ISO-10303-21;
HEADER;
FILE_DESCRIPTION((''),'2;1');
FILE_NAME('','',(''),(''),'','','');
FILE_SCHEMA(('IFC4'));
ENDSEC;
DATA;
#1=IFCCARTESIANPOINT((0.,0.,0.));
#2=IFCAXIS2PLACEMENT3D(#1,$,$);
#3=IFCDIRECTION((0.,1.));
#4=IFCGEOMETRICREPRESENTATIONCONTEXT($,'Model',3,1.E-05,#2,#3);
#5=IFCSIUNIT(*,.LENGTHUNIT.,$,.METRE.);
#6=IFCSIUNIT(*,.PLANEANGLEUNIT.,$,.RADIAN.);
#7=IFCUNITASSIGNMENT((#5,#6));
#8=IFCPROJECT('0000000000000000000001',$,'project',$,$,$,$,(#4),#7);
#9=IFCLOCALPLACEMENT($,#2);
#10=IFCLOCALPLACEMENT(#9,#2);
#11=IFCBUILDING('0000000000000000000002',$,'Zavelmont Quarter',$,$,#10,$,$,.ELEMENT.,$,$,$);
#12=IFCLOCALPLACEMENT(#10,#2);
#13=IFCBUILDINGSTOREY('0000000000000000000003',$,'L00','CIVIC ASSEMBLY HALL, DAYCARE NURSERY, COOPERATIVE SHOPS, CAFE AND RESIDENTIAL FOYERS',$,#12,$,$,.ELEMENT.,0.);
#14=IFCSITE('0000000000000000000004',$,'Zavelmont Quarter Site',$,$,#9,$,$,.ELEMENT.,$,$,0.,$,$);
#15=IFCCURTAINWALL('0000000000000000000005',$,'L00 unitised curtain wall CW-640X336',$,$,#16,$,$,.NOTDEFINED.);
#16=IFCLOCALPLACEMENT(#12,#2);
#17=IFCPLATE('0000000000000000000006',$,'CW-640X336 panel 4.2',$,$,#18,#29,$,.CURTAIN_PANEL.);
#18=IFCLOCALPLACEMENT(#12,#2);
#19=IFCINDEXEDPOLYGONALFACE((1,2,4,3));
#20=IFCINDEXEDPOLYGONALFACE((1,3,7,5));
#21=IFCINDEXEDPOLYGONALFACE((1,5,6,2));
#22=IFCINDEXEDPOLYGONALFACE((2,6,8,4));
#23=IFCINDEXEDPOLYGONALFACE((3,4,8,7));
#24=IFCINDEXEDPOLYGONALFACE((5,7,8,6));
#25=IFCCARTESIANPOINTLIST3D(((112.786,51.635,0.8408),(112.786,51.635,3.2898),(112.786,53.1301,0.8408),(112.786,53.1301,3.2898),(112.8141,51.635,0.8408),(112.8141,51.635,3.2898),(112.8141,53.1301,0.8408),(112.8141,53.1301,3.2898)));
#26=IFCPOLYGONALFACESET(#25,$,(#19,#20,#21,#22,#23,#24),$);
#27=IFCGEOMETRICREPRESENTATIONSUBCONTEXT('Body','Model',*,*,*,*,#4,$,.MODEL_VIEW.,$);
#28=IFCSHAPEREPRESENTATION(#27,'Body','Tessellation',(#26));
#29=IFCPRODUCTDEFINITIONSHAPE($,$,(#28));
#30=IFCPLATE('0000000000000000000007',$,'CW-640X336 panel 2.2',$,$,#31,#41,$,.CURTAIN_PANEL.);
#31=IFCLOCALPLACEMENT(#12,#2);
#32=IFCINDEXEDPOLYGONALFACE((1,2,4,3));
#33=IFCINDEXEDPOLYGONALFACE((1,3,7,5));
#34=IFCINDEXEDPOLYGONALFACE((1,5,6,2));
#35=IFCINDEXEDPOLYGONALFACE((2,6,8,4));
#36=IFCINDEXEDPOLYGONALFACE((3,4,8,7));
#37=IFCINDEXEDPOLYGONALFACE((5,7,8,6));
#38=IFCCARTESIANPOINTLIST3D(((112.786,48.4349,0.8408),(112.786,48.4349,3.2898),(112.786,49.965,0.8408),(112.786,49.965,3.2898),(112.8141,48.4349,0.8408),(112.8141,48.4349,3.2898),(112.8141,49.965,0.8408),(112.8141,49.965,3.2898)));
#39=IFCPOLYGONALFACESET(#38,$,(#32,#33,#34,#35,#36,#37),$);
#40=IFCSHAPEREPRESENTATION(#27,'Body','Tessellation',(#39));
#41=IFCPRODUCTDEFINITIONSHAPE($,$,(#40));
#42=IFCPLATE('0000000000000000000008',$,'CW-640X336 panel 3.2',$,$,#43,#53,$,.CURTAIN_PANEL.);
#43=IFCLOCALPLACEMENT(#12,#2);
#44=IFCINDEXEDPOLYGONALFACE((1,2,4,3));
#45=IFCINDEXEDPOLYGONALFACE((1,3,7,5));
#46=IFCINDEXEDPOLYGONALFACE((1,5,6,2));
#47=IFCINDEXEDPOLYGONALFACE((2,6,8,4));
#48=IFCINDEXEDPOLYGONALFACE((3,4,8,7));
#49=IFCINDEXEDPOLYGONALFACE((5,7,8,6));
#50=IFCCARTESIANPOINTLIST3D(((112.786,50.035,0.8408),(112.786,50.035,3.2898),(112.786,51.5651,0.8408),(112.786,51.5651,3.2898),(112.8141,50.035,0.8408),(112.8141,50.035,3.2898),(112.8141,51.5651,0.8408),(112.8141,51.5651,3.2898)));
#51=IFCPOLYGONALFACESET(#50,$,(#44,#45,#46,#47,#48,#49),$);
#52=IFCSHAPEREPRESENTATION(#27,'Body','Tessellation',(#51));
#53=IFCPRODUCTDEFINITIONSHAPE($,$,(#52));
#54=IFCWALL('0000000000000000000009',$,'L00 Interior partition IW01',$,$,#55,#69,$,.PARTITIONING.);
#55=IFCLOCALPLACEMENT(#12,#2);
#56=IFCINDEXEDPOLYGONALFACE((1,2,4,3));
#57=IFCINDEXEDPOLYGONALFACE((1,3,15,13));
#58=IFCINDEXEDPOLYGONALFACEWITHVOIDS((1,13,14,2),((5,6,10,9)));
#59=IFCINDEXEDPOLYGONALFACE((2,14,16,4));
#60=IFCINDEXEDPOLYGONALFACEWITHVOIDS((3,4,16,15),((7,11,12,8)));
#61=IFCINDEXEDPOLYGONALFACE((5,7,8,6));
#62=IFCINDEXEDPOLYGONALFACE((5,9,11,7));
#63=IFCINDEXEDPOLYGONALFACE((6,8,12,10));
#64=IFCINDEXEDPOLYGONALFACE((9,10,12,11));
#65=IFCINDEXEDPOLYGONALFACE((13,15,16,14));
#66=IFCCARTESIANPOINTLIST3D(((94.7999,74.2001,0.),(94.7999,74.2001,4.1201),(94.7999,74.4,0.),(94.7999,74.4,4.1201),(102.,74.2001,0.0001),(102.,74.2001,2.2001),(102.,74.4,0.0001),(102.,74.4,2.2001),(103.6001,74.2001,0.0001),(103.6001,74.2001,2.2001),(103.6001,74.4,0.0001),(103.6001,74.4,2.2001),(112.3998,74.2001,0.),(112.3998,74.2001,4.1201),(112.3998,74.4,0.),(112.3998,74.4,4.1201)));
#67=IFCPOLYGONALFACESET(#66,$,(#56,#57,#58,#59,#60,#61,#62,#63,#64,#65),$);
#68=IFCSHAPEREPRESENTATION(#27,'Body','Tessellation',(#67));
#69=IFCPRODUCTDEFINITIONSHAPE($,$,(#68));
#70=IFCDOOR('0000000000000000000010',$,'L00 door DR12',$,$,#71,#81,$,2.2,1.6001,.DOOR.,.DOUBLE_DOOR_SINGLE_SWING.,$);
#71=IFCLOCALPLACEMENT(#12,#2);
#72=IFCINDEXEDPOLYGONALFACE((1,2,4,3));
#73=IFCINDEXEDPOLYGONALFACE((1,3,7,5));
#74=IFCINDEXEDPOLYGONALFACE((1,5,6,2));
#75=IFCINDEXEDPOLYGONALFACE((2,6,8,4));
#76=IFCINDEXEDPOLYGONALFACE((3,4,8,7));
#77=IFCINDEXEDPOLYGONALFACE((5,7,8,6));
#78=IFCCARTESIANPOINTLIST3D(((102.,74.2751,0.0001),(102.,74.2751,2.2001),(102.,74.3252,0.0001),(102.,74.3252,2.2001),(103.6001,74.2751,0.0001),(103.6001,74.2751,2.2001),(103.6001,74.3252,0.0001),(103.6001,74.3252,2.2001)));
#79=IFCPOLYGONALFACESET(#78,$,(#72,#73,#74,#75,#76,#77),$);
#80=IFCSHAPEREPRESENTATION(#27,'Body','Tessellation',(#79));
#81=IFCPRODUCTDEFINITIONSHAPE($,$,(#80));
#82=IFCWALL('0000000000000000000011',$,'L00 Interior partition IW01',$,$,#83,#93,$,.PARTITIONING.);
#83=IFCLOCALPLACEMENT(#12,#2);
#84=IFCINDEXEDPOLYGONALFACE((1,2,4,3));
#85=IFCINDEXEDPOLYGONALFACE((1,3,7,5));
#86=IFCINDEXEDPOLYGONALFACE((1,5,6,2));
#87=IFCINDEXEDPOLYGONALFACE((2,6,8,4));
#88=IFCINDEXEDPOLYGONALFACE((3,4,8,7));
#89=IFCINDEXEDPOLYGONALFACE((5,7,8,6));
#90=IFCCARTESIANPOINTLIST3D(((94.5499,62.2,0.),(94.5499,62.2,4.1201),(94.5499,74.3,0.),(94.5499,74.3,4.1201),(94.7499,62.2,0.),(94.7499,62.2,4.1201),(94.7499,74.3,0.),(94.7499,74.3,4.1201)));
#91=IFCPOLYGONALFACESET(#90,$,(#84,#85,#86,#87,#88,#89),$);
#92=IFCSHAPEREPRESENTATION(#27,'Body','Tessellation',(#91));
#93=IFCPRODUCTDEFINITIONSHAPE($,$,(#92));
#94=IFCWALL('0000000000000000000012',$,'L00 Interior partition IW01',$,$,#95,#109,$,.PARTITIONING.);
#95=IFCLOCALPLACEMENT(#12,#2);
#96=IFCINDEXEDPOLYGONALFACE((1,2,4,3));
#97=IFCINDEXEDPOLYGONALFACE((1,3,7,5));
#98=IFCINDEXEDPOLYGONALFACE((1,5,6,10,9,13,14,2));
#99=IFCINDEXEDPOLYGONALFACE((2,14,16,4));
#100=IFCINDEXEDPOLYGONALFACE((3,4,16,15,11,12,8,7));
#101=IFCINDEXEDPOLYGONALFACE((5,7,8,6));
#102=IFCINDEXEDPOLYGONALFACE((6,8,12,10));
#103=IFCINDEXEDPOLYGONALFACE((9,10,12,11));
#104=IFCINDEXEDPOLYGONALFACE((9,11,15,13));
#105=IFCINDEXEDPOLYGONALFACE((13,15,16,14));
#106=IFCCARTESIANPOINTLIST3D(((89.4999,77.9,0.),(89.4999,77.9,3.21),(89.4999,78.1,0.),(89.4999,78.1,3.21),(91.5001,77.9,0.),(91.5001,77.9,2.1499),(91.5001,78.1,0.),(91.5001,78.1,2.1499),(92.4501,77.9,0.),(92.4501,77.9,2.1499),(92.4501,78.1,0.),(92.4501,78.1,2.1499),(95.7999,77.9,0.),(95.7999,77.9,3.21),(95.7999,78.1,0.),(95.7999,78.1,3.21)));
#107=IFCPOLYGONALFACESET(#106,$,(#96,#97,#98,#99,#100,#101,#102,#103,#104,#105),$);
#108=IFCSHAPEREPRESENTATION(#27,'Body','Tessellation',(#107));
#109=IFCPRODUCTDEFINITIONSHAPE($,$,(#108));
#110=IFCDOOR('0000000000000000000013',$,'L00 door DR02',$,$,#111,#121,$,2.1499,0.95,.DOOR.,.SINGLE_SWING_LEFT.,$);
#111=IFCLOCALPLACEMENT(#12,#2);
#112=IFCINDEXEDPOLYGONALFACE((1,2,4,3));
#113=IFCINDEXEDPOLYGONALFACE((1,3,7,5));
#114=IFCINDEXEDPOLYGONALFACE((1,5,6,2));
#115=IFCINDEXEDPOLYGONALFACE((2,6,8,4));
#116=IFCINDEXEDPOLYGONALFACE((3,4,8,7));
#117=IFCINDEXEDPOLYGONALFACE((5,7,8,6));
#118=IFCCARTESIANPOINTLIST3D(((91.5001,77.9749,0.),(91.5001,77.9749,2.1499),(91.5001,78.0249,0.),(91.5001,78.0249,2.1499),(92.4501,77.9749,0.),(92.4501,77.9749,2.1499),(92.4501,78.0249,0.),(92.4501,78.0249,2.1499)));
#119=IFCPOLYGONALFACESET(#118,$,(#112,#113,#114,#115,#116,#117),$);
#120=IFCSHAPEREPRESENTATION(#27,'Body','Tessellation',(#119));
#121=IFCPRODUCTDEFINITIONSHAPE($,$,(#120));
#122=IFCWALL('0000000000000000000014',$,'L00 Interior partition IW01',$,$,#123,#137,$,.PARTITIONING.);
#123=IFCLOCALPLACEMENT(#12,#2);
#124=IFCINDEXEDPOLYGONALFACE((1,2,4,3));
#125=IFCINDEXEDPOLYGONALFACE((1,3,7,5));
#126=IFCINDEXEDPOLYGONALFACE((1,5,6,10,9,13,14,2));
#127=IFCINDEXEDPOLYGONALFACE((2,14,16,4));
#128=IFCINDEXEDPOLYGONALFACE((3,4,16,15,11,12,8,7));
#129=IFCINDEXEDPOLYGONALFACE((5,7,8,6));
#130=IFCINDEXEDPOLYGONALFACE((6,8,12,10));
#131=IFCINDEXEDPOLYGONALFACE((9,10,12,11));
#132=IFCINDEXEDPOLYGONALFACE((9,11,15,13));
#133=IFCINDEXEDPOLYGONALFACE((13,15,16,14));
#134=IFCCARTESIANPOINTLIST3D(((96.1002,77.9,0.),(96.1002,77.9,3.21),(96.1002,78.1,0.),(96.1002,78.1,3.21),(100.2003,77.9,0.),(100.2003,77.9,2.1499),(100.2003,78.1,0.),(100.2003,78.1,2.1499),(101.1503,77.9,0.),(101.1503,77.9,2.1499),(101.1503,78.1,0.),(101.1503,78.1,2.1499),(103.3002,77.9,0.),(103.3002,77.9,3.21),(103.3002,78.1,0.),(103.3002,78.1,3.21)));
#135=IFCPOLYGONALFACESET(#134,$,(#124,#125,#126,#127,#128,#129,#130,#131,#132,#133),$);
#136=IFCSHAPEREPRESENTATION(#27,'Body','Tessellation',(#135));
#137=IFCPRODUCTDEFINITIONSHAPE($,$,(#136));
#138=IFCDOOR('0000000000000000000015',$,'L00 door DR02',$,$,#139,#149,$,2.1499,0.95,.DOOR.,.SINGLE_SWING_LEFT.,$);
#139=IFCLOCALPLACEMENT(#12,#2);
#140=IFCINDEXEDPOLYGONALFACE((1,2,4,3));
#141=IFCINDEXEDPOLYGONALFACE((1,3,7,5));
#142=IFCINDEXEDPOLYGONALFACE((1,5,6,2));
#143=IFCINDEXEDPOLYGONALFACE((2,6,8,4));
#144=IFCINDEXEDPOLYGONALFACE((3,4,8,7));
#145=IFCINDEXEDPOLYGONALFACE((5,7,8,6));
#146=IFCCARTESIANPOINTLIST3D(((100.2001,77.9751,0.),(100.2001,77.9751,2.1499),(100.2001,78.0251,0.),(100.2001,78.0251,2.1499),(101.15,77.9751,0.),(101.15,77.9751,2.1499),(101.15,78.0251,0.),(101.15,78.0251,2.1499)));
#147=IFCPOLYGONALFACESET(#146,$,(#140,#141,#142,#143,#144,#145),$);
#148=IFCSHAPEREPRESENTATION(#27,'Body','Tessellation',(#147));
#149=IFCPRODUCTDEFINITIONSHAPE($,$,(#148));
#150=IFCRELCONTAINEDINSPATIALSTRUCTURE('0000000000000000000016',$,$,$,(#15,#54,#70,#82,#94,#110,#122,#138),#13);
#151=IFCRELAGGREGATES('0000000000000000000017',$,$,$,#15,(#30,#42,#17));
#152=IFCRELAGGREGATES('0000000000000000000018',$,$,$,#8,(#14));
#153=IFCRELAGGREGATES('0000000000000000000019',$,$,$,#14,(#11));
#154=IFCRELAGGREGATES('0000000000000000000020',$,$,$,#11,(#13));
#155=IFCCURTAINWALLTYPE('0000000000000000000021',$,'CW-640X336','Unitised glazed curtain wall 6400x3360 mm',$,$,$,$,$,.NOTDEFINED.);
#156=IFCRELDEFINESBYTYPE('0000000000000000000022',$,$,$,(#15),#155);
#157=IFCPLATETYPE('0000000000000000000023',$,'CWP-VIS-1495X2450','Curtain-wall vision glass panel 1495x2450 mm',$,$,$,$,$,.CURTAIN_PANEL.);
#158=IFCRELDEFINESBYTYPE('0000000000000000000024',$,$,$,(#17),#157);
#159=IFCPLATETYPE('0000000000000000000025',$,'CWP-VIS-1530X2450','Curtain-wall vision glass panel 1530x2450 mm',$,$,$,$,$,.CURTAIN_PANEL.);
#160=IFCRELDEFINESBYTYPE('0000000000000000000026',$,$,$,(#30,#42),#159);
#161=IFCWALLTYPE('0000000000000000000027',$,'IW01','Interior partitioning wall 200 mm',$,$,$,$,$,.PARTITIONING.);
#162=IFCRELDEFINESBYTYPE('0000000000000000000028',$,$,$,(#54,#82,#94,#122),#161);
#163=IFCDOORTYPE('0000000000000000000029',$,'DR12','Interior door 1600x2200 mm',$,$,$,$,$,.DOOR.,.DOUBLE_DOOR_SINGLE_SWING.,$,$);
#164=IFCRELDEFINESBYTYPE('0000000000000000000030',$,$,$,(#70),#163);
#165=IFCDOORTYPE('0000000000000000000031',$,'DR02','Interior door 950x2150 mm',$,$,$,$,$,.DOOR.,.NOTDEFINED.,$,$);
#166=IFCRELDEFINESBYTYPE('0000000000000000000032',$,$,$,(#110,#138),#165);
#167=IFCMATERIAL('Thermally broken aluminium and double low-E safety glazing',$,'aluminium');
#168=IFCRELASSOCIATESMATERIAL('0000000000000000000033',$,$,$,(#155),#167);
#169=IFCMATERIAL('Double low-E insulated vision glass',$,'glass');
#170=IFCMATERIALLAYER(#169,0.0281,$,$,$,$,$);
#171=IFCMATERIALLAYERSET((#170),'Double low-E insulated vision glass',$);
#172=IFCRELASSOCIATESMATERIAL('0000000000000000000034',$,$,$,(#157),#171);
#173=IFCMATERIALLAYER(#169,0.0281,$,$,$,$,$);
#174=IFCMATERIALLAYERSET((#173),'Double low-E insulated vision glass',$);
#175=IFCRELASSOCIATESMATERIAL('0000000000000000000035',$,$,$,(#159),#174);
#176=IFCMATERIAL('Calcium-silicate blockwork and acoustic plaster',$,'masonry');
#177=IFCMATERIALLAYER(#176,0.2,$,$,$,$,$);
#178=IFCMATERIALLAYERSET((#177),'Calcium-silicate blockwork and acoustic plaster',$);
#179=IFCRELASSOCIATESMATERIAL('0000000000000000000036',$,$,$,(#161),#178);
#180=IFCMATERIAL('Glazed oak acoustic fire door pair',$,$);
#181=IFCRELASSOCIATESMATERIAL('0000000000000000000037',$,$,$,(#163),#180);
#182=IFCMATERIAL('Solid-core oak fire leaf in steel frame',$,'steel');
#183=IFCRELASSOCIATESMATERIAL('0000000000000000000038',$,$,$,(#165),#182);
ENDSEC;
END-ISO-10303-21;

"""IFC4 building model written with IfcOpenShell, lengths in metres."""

from ifc_helpers import new_model, si_unit, direction, frame, frame_2d, origin, origin_with_axes, origin_2d, place, context, subcontext, project, spatial, rectangle, extrude, material, layer, layer_set, type_object, element, fill, aggregate, save


model = new_model("IFC4")

# Units and contexts
model_context = context("Model", 3, precision=1e-05, world=origin(), true_north=direction((0.0, 1.0)))
body_context = subcontext(model_context, "Body", "Model", "MODEL_VIEW")
ifc_project = project(units=[si_unit("LENGTHUNIT", "METRE"), si_unit("PLANEANGLEUNIT", "RADIAN")], contexts=[model_context])

# Site, building, storey
site_placement = place(None, origin())
site = spatial("IfcSite", under=ifc_project, at=site_placement, Name="Zavelmont Quarter Site", CompositionType="ELEMENT", RefElevation=0.0)
building_placement = place(site_placement, origin())
building = spatial("IfcBuilding", under=site, at=building_placement, Name="Zavelmont Quarter", CompositionType="ELEMENT")
storey_placement = place(building_placement, origin())
storey = spatial("IfcBuildingStorey", under=building, at=storey_placement, Name="L00", Description="CIVIC ASSEMBLY HALL, DAYCARE NURSERY, COOPERATIVE SHOPS, CAFE AND RESIDENTIAL FOYERS", CompositionType="ELEMENT", Elevation=0.0)

# Curtain wall, plates
ifc_material_1 = material(Name="Thermally broken aluminium and double low-E safety glazing", Category="aluminium")
curtain_wall_type = type_object("IfcCurtainWallType", Name="CW-640X336", Description="Unitised glazed curtain wall 6400x3360 mm", PredefinedType="NOTDEFINED", material=ifc_material_1)
curtain_wall_placement = place(storey_placement, origin())
curtain_wall = element("IfcCurtainWall", 1, at=curtain_wall_placement, inside=storey, type_object=curtain_wall_type, Name="L00 unitised curtain wall CW-640X336", PredefinedType="NOTDEFINED")
ifc_material_2 = material(Name="Double low-E insulated vision glass", Category="glass")
ifc_layer_1 = layer(ifc_material_2, 0.0281)
ifc_layer_set_1 = layer_set([ifc_layer_1], Name="Double low-E insulated vision glass")
plate_type_1 = type_object("IfcPlateType", Name="CWP-VIS-1495X2450", Description="Curtain-wall vision glass panel 1495x2450 mm", PredefinedType="CURTAIN_PANEL", material=ifc_layer_set_1)
plate_1_placement = place(storey_placement, frame((112.8, 52.3826, 0.8408), z_axis=(0.0, 0.0, 1.0), x_axis=(0.0, 1.0, 0.0)))
plate_1 = element("IfcPlate", 2, at=plate_1_placement, type_object=plate_type_1, Name="CW-640X336 panel 4.2", PredefinedType="CURTAIN_PANEL", context=body_context, shape_type="SweptSolid", body=[
    extrude(rectangle(XDim=1.4951, YDim=0.0281, at=origin_2d()), origin(), (0.0, 0.0, 1.0), 2.449),
])
ifc_layer_2 = layer(ifc_material_2, 0.0281)
ifc_layer_set_2 = layer_set([ifc_layer_2], Name="Double low-E insulated vision glass")
plate_type_2 = type_object("IfcPlateType", Name="CWP-VIS-1530X2450", Description="Curtain-wall vision glass panel 1530x2450 mm", PredefinedType="CURTAIN_PANEL", material=ifc_layer_set_2)
plate_2_placement = place(storey_placement, frame((112.8, 49.2, 0.8408), z_axis=(0.0, 0.0, 1.0), x_axis=(0.0, 1.0, 0.0)))
plate_2 = element("IfcPlate", 3, at=plate_2_placement, type_object=plate_type_2, Name="CW-640X336 panel 2.2", PredefinedType="CURTAIN_PANEL", context=body_context, shape_type="SweptSolid", body=[
    extrude(rectangle(XDim=1.53, YDim=0.0281, at=origin_2d()), origin(), (0.0, 0.0, 1.0), 2.449),
])
plate_3_placement = place(storey_placement, frame((112.8, 50.8, 0.8408), z_axis=(0.0, 0.0, 1.0), x_axis=(0.0, 1.0, 0.0)))
plate_3 = element("IfcPlate", 4, at=plate_3_placement, type_object=plate_type_2, Name="CW-640X336 panel 3.2", PredefinedType="CURTAIN_PANEL", context=body_context, shape_type="SweptSolid", body=[
    extrude(rectangle(XDim=1.53, YDim=0.0281, at=origin_2d()), origin(), (0.0, 0.0, 1.0), 2.449),
])
aggregate(curtain_wall, [plate_2, plate_3, plate_1])

# Wall, opening, door
ifc_material_3 = material(Name="Calcium-silicate blockwork and acoustic plaster", Category="masonry")
ifc_layer_3 = layer(ifc_material_3, 0.2)
ifc_layer_set_3 = layer_set([ifc_layer_3], Name="Calcium-silicate blockwork and acoustic plaster")
wall_type = type_object("IfcWallType", Name="IW01", Description="Interior partitioning wall 200 mm", PredefinedType="PARTITIONING", material=ifc_layer_set_3)
wall_1_placement = place(storey_placement, frame((94.8, 74.3, 0.0), z_axis=(0.0, 0.0, 1.0), x_axis=(1.0, 0.0, 0.0)))
wall_1 = element("IfcWall", 5, at=wall_1_placement, inside=storey, type_object=wall_type, Name="L00 Interior partition IW01", PredefinedType="PARTITIONING", context=body_context, shape_type="SweptSolid", body=[
    extrude(rectangle(XDim=17.5999, YDim=0.2, at=frame_2d((8.7998, 0.0))), origin(), (0.0, 0.0, 1.0), 4.1201),
])
opening_1_placement = place(wall_1_placement, frame((7.2, 0.0, 0.0)))
opening_1 = element("IfcOpeningElement", 6, at=opening_1_placement, cuts=wall_1, PredefinedType="OPENING", context=body_context, shape_type="SweptSolid", body=[
    extrude(rectangle(XDim=1.6001, YDim=2.2, at=frame_2d((0.8, 1.1001))), frame((0.0, 0.1118, 0.0), z_axis=(0.0, -1.0, 0.0), x_axis=(1.0, 0.0, 0.0)), (0.0, 0.0, 1.0), 0.2239),
])
ifc_material_4 = material(Name="Glazed oak acoustic fire door pair")
door_type_1 = type_object("IfcDoorType", Name="DR12", Description="Interior door 1600x2200 mm", OperationType="DOUBLE_DOOR_SINGLE_SWING", PredefinedType="DOOR", material=ifc_material_4)
door_1_placement = place(opening_1_placement, frame((1.6001, 0.0, 0.0), z_axis=(0.0, 0.0, 1.0), x_axis=(-1.0, 0.0, 0.0)))
door_1 = element("IfcDoor", 7, at=door_1_placement, inside=storey, type_object=door_type_1, Name="L00 door DR12", OperationType="DOUBLE_DOOR_SINGLE_SWING", OverallHeight=2.2, OverallWidth=1.6001, PredefinedType="DOOR", context=body_context, shape_type="SweptSolid", body=[
    extrude(rectangle(XDim=1.6001, YDim=2.2, at=frame_2d((0.8, 1.1001))), frame((0.0, 0.0249, 0.0), z_axis=(0.0, -1.0, 0.0), x_axis=(1.0, 0.0, 0.0)), (0.0, 0.0, 1.0), 0.05),
])
fill(opening_1, door_1)

# Wall
wall_2_placement = place(storey_placement, frame((94.6499, 62.2, 0.0), z_axis=(0.0, 0.0, 1.0), x_axis=(0.0, 1.0, 0.0)))
element("IfcWall", 8, at=wall_2_placement, inside=storey, type_object=wall_type, Name="L00 Interior partition IW01", PredefinedType="PARTITIONING", context=body_context, shape_type="SweptSolid", body=[
    extrude(rectangle(XDim=12.1001, YDim=0.2, at=frame_2d((6.05, 0.0))), origin(), (0.0, 0.0, 1.0), 4.1201),
])

# Walls, openings, doors
wall_3_placement = place(storey_placement, frame((89.5, 78.0, 0.0), z_axis=(0.0, 0.0, 1.0), x_axis=(1.0, 0.0, 0.0)))
wall_3 = element("IfcWall", 9, at=wall_3_placement, inside=storey, type_object=wall_type, Name="L00 Interior partition IW01", PredefinedType="PARTITIONING", context=body_context, shape_type="SweptSolid", body=[
    extrude(rectangle(XDim=6.3, YDim=0.2, at=frame_2d((3.1499, 0.0))), origin(), (0.0, 0.0, 1.0), 3.21),
])
opening_2_placement = place(wall_3_placement, frame((2.0, 0.0, 0.0)))
opening_2 = element("IfcOpeningElement", 10, at=opening_2_placement, cuts=wall_3, PredefinedType="OPENING", context=body_context, shape_type="SweptSolid", body=[
    extrude(rectangle(XDim=0.95, YDim=2.1499, at=frame_2d((0.4751, 1.075))), frame((0.0, 0.1118, 0.0), z_axis=(0.0, -1.0, 0.0), x_axis=(1.0, 0.0, 0.0)), (0.0, 0.0, 1.0), 0.2239),
])
ifc_material_5 = material(Name="Solid-core oak fire leaf in steel frame", Category="steel")
door_type_2 = type_object("IfcDoorType", Name="DR02", Description="Interior door 950x2150 mm", OperationType="NOTDEFINED", PredefinedType="DOOR", material=ifc_material_5)
door_2_placement = place(opening_2_placement, origin_with_axes())
door_2 = element("IfcDoor", 11, at=door_2_placement, inside=storey, type_object=door_type_2, Name="L00 door DR02", OperationType="SINGLE_SWING_LEFT", OverallHeight=2.1499, OverallWidth=0.95, PredefinedType="DOOR", context=body_context, shape_type="SweptSolid", body=[
    extrude(rectangle(XDim=0.95, YDim=2.1499, at=frame_2d((0.4751, 1.075))), frame((0.0, 0.0249, 0.0), z_axis=(0.0, -1.0, 0.0), x_axis=(1.0, 0.0, 0.0)), (0.0, 0.0, 1.0), 0.05),
])
fill(opening_2, door_2)
wall_4_placement = place(storey_placement, frame((96.1001, 78.0, 0.0), z_axis=(0.0, 0.0, 1.0), x_axis=(1.0, 0.0, 0.0)))
wall_4 = element("IfcWall", 12, at=wall_4_placement, inside=storey, type_object=wall_type, Name="L00 Interior partition IW01", PredefinedType="PARTITIONING", context=body_context, shape_type="SweptSolid", body=[
    extrude(rectangle(XDim=7.2, YDim=0.2, at=frame_2d((3.6001, 0.0))), origin(), (0.0, 0.0, 1.0), 3.21),
])
opening_3_placement = place(wall_4_placement, frame((4.1001, 0.0, 0.0)))
opening_3 = element("IfcOpeningElement", 13, at=opening_3_placement, cuts=wall_4, PredefinedType="OPENING", context=body_context, shape_type="SweptSolid", body=[
    extrude(rectangle(XDim=0.95, YDim=2.1499, at=frame_2d((0.4751, 1.075))), frame((0.0, 0.1118, 0.0), z_axis=(0.0, -1.0, 0.0), x_axis=(1.0, 0.0, 0.0)), (0.0, 0.0, 1.0), 0.2239),
])
door_3_placement = place(opening_3_placement, frame((0.95, 0.0, 0.0), z_axis=(0.0, 0.0, 1.0), x_axis=(-1.0, 0.0, 0.0)))
door_3 = element("IfcDoor", 14, at=door_3_placement, inside=storey, type_object=door_type_2, Name="L00 door DR02", OperationType="SINGLE_SWING_LEFT", OverallHeight=2.1499, OverallWidth=0.95, PredefinedType="DOOR", context=body_context, shape_type="SweptSolid", body=[
    extrude(rectangle(XDim=0.95, YDim=2.1499, at=frame_2d((0.4751, 1.075))), frame((0.0, 0.0249, 0.0), z_axis=(0.0, -1.0, 0.0), x_axis=(1.0, 0.0, 0.0)), (0.0, 0.0, 1.0), 0.05),
])
fill(opening_3, door_3)

save(model, "model.ifc")
